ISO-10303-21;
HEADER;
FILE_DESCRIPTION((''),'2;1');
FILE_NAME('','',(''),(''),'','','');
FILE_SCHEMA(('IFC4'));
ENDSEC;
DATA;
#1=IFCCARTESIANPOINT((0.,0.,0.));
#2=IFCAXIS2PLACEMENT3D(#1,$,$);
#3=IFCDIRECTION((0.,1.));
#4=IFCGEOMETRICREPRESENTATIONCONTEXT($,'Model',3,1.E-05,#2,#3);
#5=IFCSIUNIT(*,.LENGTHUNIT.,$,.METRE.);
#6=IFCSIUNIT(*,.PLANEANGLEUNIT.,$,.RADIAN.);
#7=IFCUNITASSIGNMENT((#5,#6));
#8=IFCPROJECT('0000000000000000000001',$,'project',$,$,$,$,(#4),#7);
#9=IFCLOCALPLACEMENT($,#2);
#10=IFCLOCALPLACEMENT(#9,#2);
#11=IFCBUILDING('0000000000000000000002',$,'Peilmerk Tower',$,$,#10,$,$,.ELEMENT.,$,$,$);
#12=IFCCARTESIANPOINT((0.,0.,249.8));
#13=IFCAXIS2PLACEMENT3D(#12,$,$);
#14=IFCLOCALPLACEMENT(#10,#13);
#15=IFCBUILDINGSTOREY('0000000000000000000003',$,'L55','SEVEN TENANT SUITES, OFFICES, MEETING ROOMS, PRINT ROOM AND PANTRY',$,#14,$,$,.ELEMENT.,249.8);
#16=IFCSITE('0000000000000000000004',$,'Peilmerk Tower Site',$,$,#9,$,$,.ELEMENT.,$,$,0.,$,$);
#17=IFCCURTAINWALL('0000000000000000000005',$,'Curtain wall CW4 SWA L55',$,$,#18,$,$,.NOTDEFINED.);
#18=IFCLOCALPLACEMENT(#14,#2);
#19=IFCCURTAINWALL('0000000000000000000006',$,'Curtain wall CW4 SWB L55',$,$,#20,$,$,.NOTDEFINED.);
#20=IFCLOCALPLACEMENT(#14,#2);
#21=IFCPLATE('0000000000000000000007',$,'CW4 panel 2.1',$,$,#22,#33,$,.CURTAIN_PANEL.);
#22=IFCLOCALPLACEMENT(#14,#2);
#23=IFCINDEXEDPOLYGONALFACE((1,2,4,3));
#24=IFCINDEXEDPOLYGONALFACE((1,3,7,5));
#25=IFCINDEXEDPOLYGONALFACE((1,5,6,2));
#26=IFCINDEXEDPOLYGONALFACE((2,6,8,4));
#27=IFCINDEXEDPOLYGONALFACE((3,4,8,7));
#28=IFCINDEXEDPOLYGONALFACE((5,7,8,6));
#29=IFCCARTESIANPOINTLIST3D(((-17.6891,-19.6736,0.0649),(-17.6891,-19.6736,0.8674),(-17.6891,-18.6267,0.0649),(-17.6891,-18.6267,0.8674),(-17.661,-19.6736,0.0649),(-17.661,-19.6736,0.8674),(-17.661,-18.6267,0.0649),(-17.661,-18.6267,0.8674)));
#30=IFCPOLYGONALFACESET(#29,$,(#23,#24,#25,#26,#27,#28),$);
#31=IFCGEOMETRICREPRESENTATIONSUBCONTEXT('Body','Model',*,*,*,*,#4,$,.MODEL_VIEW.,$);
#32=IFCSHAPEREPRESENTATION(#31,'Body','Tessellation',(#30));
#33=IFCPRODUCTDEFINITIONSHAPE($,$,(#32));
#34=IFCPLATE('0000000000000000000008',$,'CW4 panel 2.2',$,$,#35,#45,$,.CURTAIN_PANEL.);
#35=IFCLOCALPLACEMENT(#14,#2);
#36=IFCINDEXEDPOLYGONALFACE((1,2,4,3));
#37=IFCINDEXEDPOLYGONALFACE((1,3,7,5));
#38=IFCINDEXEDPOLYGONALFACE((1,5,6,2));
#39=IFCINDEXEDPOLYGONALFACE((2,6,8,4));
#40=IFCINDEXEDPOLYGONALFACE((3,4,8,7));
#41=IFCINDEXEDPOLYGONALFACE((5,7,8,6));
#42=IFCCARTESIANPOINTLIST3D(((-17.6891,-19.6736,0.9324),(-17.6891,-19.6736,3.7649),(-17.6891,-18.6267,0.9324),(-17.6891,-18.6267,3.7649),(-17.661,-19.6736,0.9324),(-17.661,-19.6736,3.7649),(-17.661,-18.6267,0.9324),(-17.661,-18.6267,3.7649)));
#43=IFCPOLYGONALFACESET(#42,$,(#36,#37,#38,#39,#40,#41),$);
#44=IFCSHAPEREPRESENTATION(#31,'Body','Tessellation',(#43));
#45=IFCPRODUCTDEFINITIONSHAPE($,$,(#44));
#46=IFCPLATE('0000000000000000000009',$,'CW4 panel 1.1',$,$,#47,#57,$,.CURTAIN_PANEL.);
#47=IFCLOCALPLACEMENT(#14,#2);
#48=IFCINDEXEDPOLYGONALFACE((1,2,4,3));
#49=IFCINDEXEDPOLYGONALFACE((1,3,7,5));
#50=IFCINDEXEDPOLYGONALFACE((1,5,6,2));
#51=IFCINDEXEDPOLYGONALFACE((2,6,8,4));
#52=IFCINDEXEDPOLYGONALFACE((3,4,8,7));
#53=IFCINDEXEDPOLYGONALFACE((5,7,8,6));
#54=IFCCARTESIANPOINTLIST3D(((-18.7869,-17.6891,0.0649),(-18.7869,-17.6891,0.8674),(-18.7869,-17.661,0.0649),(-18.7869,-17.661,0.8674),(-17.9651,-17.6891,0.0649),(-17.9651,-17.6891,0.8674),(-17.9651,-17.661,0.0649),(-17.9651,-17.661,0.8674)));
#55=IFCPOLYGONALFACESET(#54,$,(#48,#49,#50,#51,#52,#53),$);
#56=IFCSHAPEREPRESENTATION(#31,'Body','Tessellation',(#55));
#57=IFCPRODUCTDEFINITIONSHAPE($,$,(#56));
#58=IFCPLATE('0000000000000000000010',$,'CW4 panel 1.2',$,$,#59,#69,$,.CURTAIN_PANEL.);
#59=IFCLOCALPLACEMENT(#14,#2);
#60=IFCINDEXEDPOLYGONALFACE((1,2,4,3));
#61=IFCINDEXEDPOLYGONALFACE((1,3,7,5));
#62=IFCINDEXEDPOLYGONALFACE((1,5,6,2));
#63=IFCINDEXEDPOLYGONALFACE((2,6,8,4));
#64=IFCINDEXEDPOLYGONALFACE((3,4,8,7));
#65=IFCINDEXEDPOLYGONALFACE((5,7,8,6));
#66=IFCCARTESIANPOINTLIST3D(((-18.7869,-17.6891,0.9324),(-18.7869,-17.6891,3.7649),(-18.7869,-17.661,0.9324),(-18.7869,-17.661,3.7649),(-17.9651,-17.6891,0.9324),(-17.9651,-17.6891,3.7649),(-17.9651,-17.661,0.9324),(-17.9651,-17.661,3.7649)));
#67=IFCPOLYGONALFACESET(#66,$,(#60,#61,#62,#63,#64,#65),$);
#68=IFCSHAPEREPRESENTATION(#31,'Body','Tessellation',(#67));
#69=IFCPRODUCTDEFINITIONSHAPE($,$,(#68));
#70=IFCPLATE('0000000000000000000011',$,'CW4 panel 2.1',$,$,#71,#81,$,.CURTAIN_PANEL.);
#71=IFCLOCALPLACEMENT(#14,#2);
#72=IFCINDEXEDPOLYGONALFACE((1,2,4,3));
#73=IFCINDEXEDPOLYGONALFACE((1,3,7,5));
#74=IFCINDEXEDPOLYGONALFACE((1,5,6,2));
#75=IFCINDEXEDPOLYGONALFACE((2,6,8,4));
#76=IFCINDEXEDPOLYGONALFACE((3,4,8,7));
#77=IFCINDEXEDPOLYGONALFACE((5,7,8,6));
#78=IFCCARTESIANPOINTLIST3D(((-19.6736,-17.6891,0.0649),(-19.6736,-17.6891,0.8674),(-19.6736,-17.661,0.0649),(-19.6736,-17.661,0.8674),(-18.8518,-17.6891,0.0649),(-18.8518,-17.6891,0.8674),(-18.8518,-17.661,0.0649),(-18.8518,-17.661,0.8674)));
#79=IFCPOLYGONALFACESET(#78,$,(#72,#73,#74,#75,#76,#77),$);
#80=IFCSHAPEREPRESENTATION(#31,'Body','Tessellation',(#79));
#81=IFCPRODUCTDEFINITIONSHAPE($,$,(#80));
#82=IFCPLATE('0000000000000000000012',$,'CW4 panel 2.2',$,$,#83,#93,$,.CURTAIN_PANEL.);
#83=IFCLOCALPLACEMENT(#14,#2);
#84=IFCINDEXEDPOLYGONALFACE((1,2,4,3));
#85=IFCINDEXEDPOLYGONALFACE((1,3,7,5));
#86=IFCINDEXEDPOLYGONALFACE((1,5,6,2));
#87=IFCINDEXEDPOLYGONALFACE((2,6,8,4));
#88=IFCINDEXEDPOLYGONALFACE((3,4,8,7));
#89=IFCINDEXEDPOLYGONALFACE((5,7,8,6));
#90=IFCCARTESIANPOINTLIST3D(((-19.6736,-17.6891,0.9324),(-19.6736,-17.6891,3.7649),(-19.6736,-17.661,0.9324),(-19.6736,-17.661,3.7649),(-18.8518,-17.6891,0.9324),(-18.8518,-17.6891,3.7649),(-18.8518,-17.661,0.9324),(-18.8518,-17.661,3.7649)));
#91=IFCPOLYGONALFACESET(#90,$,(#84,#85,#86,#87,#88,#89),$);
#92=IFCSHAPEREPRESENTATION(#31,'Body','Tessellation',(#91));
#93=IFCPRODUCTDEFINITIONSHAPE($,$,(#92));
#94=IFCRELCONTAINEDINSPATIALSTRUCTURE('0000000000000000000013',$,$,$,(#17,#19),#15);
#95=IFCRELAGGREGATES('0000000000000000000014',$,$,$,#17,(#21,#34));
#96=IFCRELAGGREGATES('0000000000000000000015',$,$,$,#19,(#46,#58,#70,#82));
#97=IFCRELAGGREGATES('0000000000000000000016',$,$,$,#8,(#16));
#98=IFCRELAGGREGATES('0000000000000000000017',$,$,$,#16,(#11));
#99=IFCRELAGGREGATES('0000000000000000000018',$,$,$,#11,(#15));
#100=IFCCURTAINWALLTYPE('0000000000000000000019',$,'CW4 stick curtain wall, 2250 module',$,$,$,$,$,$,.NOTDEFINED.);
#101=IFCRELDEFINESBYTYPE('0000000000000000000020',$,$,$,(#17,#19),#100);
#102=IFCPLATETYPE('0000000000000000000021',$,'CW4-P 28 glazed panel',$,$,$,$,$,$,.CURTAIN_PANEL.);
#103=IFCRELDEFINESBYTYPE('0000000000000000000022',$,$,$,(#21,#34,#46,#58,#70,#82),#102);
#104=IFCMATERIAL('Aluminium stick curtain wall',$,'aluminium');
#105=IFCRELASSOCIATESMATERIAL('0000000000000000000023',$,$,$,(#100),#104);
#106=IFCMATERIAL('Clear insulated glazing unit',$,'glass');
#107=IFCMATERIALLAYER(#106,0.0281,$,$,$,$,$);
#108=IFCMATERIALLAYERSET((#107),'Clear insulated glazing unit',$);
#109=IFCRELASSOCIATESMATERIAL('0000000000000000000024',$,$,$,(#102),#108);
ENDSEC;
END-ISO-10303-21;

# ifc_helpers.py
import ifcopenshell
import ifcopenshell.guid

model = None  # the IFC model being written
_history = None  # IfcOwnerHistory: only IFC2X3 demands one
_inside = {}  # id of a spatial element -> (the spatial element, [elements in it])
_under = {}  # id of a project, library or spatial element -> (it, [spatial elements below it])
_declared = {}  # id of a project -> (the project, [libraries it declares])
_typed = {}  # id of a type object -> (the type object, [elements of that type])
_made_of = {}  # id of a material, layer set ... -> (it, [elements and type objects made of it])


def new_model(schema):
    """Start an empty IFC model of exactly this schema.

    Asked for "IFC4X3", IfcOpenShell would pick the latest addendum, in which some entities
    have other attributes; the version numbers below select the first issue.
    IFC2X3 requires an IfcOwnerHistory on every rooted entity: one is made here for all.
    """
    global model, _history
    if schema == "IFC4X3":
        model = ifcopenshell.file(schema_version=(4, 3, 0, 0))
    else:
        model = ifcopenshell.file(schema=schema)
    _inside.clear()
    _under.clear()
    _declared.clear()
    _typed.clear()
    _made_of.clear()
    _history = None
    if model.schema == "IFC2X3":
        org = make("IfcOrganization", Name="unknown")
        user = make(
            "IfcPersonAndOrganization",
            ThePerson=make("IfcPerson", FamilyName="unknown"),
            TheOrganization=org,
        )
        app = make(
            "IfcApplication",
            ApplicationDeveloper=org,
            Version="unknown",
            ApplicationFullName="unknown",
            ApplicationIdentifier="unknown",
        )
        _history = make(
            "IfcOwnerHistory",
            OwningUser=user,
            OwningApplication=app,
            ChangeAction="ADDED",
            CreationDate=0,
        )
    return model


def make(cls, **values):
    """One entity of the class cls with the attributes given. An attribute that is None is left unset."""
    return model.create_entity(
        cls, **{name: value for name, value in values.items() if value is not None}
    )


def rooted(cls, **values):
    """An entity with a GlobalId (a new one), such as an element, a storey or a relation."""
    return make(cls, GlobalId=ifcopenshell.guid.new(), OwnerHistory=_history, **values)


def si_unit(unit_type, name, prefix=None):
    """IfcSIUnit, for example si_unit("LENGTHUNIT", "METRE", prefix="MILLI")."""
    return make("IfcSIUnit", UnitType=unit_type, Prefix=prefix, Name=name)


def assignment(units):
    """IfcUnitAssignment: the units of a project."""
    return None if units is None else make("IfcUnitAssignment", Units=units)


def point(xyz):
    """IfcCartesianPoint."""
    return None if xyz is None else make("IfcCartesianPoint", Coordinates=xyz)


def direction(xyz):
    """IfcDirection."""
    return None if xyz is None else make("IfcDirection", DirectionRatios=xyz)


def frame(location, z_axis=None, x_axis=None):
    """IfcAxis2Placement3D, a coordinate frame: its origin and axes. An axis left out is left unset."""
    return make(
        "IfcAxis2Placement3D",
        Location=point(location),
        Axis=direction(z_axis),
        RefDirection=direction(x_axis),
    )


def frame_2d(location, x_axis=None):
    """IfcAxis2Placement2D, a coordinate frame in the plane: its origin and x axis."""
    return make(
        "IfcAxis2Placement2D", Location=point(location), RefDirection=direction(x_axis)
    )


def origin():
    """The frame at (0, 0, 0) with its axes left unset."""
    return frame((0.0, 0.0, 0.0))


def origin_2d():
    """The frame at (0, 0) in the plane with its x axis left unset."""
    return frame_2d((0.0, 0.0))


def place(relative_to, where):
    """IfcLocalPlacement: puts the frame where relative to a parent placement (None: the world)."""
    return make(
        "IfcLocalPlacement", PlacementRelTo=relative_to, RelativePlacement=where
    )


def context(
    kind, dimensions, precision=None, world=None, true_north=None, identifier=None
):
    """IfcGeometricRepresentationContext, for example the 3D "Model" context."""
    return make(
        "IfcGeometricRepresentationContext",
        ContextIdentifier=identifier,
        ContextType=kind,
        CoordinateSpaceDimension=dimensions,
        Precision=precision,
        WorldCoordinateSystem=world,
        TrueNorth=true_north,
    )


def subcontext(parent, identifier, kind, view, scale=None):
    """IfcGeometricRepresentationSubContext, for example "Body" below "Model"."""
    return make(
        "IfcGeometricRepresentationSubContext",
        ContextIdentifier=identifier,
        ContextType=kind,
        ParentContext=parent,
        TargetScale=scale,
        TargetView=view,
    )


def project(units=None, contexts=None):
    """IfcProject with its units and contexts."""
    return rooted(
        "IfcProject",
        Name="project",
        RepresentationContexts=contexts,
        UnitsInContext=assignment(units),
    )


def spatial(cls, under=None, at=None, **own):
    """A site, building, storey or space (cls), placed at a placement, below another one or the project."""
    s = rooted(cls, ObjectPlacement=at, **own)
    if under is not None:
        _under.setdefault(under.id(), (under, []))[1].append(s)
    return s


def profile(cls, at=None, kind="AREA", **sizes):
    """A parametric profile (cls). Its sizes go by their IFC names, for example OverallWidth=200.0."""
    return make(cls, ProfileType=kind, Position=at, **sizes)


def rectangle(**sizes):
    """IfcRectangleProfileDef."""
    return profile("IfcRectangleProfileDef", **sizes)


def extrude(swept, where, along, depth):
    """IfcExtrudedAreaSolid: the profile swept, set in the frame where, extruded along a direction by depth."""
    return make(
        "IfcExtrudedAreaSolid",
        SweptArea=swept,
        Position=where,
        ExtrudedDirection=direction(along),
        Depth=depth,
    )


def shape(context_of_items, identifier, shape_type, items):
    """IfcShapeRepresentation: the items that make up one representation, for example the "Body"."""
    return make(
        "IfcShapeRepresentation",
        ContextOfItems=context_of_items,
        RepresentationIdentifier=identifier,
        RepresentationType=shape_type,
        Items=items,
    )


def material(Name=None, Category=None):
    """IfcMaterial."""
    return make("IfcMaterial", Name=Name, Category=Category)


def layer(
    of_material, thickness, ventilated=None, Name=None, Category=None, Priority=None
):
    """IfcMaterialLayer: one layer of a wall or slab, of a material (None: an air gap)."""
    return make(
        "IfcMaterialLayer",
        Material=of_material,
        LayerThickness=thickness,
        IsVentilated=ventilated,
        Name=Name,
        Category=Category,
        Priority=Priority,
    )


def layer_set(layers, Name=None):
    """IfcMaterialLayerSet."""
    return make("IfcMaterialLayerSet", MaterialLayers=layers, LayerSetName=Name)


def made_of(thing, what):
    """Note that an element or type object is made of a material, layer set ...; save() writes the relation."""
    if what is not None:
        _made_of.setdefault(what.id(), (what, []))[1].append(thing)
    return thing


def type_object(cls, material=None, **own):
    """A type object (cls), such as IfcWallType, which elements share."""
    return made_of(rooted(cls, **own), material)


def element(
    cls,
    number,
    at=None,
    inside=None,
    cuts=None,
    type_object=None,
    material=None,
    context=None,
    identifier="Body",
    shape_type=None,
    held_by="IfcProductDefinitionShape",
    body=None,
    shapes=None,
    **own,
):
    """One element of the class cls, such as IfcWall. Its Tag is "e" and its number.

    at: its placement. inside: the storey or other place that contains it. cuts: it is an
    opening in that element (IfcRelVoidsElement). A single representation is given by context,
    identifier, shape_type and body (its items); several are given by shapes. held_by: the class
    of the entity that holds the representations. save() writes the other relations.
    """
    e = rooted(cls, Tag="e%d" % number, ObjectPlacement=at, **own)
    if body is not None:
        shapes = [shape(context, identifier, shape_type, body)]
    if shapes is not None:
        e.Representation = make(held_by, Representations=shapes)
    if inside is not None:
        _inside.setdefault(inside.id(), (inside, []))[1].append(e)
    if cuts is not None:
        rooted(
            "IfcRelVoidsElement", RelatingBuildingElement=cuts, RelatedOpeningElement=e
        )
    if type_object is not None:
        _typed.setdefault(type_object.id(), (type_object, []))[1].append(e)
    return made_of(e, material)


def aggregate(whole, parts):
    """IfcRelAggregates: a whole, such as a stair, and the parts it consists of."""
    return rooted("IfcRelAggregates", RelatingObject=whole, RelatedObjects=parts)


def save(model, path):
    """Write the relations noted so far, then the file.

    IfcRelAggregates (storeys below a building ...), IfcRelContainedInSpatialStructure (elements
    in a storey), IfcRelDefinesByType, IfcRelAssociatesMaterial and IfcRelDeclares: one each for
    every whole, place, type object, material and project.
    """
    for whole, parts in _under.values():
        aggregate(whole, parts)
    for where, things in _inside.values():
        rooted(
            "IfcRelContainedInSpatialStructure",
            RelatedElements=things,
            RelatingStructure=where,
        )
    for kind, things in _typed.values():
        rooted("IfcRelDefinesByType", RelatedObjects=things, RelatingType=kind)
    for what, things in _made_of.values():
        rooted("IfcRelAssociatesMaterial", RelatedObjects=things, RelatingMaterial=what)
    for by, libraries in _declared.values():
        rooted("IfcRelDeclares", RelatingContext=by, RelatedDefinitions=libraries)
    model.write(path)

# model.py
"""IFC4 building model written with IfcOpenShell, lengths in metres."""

from ifc_helpers import new_model, si_unit, direction, frame, origin, origin_2d, place, context, subcontext, project, spatial, rectangle, extrude, material, layer, layer_set, type_object, element, aggregate, save


model = new_model("IFC4")

# Units and contexts
model_context = context("Model", 3, precision=1e-05, world=origin(), true_north=direction((0.0, 1.0)))
body_context = subcontext(model_context, "Body", "Model", "MODEL_VIEW")
ifc_project = project(units=[si_unit("LENGTHUNIT", "METRE"), si_unit("PLANEANGLEUNIT", "RADIAN")], contexts=[model_context])

# Site, building, storey
site_placement = place(None, origin())
site = spatial("IfcSite", under=ifc_project, at=site_placement, Name="Peilmerk Tower Site", CompositionType="ELEMENT", RefElevation=0.0)
building_placement = place(site_placement, origin())
building = spatial("IfcBuilding", under=site, at=building_placement, Name="Peilmerk Tower", CompositionType="ELEMENT")
storey_placement = place(building_placement, frame((0.0, 0.0, 249.8)))
storey = spatial("IfcBuildingStorey", under=building, at=storey_placement, Name="L55", Description="SEVEN TENANT SUITES, OFFICES, MEETING ROOMS, PRINT ROOM AND PANTRY", CompositionType="ELEMENT", Elevation=249.8)

# Curtain wall
ifc_material_1 = material(Name="Aluminium stick curtain wall", Category="aluminium")
curtain_wall_type = type_object("IfcCurtainWallType", Name="CW4 stick curtain wall, 2250 module", PredefinedType="NOTDEFINED", material=ifc_material_1)
curtain_wall_1_placement = place(storey_placement, origin())
curtain_wall_1 = element("IfcCurtainWall", 1, at=curtain_wall_1_placement, inside=storey, type_object=curtain_wall_type, Name="Curtain wall CW4 SWA L55", PredefinedType="NOTDEFINED")

# Curtain wall
curtain_wall_2_placement = place(storey_placement, origin())
curtain_wall_2 = element("IfcCurtainWall", 2, at=curtain_wall_2_placement, inside=storey, type_object=curtain_wall_type, Name="Curtain wall CW4 SWB L55", PredefinedType="NOTDEFINED")

# Plates
ifc_material_2 = material(Name="Clear insulated glazing unit", Category="glass")
ifc_layer_1 = layer(ifc_material_2, 0.0281)
ifc_layer_set_1 = layer_set([ifc_layer_1], Name="Clear insulated glazing unit")
plate_type = type_object("IfcPlateType", Name="CW4-P 28 glazed panel", PredefinedType="CURTAIN_PANEL", material=ifc_layer_set_1)
plate_1_placement = place(storey_placement, frame((-17.675, -19.1501, 0.0649), z_axis=(0.0, 0.0, 1.0), x_axis=(0.0, -1.0, 0.0)))
plate_1 = element("IfcPlate", 3, at=plate_1_placement, type_object=plate_type, Name="CW4 panel 2.1", PredefinedType="CURTAIN_PANEL", context=body_context, shape_type="SweptSolid", body=[
    extrude(rectangle(XDim=1.0469, YDim=0.0281, at=origin_2d()), origin(), (0.0, 0.0, 1.0), 0.8025),
])
plate_2_placement = place(storey_placement, frame((-17.675, -19.1501, 0.9324), z_axis=(0.0, 0.0, 1.0), x_axis=(0.0, -1.0, 0.0)))
plate_2 = element("IfcPlate", 4, at=plate_2_placement, type_object=plate_type, Name="CW4 panel 2.2", PredefinedType="CURTAIN_PANEL", context=body_context, shape_type="SweptSolid", body=[
    extrude(rectangle(XDim=1.0469, YDim=0.0281, at=origin_2d()), origin(), (0.0, 0.0, 1.0), 2.8325),
])
aggregate(curtain_wall_1, [plate_1, plate_2])
plate_3_placement = place(storey_placement, frame((-18.376, -17.675, 0.0649), z_axis=(0.0, 0.0, 1.0), x_axis=(-1.0, 0.0, 0.0)))
plate_3 = element("IfcPlate", 5, at=plate_3_placement, type_object=plate_type, Name="CW4 panel 1.1", PredefinedType="CURTAIN_PANEL", context=body_context, shape_type="SweptSolid", body=[
    extrude(rectangle(XDim=0.8218, YDim=0.0281, at=origin_2d()), origin(), (0.0, 0.0, 1.0), 0.8025),
])
plate_4_placement = place(storey_placement, frame((-18.376, -17.675, 0.9324), z_axis=(0.0, 0.0, 1.0), x_axis=(-1.0, 0.0, 0.0)))
plate_4 = element("IfcPlate", 6, at=plate_4_placement, type_object=plate_type, Name="CW4 panel 1.2", PredefinedType="CURTAIN_PANEL", context=body_context, shape_type="SweptSolid", body=[
    extrude(rectangle(XDim=0.8218, YDim=0.0281, at=origin_2d()), origin(), (0.0, 0.0, 1.0), 2.8325),
])
plate_5_placement = place(storey_placement, frame((-19.2627, -17.675, 0.0649), z_axis=(0.0, 0.0, 1.0), x_axis=(-1.0, 0.0, 0.0)))
plate_5 = element("IfcPlate", 7, at=plate_5_placement, type_object=plate_type, Name="CW4 panel 2.1", PredefinedType="CURTAIN_PANEL", context=body_context, shape_type="SweptSolid", body=[
    extrude(rectangle(XDim=0.8218, YDim=0.0281, at=origin_2d()), origin(), (0.0, 0.0, 1.0), 0.8025),
])
plate_6_placement = place(storey_placement, frame((-19.2627, -17.675, 0.9324), z_axis=(0.0, 0.0, 1.0), x_axis=(-1.0, 0.0, 0.0)))
plate_6 = element("IfcPlate", 8, at=plate_6_placement, type_object=plate_type, Name="CW4 panel 2.2", PredefinedType="CURTAIN_PANEL", context=body_context, shape_type="SweptSolid", body=[
    extrude(rectangle(XDim=0.8218, YDim=0.0281, at=origin_2d()), origin(), (0.0, 0.0, 1.0), 2.8325),
])
aggregate(curtain_wall_2, [plate_3, plate_4, plate_5, plate_6])

save(model, "model.ifc")
